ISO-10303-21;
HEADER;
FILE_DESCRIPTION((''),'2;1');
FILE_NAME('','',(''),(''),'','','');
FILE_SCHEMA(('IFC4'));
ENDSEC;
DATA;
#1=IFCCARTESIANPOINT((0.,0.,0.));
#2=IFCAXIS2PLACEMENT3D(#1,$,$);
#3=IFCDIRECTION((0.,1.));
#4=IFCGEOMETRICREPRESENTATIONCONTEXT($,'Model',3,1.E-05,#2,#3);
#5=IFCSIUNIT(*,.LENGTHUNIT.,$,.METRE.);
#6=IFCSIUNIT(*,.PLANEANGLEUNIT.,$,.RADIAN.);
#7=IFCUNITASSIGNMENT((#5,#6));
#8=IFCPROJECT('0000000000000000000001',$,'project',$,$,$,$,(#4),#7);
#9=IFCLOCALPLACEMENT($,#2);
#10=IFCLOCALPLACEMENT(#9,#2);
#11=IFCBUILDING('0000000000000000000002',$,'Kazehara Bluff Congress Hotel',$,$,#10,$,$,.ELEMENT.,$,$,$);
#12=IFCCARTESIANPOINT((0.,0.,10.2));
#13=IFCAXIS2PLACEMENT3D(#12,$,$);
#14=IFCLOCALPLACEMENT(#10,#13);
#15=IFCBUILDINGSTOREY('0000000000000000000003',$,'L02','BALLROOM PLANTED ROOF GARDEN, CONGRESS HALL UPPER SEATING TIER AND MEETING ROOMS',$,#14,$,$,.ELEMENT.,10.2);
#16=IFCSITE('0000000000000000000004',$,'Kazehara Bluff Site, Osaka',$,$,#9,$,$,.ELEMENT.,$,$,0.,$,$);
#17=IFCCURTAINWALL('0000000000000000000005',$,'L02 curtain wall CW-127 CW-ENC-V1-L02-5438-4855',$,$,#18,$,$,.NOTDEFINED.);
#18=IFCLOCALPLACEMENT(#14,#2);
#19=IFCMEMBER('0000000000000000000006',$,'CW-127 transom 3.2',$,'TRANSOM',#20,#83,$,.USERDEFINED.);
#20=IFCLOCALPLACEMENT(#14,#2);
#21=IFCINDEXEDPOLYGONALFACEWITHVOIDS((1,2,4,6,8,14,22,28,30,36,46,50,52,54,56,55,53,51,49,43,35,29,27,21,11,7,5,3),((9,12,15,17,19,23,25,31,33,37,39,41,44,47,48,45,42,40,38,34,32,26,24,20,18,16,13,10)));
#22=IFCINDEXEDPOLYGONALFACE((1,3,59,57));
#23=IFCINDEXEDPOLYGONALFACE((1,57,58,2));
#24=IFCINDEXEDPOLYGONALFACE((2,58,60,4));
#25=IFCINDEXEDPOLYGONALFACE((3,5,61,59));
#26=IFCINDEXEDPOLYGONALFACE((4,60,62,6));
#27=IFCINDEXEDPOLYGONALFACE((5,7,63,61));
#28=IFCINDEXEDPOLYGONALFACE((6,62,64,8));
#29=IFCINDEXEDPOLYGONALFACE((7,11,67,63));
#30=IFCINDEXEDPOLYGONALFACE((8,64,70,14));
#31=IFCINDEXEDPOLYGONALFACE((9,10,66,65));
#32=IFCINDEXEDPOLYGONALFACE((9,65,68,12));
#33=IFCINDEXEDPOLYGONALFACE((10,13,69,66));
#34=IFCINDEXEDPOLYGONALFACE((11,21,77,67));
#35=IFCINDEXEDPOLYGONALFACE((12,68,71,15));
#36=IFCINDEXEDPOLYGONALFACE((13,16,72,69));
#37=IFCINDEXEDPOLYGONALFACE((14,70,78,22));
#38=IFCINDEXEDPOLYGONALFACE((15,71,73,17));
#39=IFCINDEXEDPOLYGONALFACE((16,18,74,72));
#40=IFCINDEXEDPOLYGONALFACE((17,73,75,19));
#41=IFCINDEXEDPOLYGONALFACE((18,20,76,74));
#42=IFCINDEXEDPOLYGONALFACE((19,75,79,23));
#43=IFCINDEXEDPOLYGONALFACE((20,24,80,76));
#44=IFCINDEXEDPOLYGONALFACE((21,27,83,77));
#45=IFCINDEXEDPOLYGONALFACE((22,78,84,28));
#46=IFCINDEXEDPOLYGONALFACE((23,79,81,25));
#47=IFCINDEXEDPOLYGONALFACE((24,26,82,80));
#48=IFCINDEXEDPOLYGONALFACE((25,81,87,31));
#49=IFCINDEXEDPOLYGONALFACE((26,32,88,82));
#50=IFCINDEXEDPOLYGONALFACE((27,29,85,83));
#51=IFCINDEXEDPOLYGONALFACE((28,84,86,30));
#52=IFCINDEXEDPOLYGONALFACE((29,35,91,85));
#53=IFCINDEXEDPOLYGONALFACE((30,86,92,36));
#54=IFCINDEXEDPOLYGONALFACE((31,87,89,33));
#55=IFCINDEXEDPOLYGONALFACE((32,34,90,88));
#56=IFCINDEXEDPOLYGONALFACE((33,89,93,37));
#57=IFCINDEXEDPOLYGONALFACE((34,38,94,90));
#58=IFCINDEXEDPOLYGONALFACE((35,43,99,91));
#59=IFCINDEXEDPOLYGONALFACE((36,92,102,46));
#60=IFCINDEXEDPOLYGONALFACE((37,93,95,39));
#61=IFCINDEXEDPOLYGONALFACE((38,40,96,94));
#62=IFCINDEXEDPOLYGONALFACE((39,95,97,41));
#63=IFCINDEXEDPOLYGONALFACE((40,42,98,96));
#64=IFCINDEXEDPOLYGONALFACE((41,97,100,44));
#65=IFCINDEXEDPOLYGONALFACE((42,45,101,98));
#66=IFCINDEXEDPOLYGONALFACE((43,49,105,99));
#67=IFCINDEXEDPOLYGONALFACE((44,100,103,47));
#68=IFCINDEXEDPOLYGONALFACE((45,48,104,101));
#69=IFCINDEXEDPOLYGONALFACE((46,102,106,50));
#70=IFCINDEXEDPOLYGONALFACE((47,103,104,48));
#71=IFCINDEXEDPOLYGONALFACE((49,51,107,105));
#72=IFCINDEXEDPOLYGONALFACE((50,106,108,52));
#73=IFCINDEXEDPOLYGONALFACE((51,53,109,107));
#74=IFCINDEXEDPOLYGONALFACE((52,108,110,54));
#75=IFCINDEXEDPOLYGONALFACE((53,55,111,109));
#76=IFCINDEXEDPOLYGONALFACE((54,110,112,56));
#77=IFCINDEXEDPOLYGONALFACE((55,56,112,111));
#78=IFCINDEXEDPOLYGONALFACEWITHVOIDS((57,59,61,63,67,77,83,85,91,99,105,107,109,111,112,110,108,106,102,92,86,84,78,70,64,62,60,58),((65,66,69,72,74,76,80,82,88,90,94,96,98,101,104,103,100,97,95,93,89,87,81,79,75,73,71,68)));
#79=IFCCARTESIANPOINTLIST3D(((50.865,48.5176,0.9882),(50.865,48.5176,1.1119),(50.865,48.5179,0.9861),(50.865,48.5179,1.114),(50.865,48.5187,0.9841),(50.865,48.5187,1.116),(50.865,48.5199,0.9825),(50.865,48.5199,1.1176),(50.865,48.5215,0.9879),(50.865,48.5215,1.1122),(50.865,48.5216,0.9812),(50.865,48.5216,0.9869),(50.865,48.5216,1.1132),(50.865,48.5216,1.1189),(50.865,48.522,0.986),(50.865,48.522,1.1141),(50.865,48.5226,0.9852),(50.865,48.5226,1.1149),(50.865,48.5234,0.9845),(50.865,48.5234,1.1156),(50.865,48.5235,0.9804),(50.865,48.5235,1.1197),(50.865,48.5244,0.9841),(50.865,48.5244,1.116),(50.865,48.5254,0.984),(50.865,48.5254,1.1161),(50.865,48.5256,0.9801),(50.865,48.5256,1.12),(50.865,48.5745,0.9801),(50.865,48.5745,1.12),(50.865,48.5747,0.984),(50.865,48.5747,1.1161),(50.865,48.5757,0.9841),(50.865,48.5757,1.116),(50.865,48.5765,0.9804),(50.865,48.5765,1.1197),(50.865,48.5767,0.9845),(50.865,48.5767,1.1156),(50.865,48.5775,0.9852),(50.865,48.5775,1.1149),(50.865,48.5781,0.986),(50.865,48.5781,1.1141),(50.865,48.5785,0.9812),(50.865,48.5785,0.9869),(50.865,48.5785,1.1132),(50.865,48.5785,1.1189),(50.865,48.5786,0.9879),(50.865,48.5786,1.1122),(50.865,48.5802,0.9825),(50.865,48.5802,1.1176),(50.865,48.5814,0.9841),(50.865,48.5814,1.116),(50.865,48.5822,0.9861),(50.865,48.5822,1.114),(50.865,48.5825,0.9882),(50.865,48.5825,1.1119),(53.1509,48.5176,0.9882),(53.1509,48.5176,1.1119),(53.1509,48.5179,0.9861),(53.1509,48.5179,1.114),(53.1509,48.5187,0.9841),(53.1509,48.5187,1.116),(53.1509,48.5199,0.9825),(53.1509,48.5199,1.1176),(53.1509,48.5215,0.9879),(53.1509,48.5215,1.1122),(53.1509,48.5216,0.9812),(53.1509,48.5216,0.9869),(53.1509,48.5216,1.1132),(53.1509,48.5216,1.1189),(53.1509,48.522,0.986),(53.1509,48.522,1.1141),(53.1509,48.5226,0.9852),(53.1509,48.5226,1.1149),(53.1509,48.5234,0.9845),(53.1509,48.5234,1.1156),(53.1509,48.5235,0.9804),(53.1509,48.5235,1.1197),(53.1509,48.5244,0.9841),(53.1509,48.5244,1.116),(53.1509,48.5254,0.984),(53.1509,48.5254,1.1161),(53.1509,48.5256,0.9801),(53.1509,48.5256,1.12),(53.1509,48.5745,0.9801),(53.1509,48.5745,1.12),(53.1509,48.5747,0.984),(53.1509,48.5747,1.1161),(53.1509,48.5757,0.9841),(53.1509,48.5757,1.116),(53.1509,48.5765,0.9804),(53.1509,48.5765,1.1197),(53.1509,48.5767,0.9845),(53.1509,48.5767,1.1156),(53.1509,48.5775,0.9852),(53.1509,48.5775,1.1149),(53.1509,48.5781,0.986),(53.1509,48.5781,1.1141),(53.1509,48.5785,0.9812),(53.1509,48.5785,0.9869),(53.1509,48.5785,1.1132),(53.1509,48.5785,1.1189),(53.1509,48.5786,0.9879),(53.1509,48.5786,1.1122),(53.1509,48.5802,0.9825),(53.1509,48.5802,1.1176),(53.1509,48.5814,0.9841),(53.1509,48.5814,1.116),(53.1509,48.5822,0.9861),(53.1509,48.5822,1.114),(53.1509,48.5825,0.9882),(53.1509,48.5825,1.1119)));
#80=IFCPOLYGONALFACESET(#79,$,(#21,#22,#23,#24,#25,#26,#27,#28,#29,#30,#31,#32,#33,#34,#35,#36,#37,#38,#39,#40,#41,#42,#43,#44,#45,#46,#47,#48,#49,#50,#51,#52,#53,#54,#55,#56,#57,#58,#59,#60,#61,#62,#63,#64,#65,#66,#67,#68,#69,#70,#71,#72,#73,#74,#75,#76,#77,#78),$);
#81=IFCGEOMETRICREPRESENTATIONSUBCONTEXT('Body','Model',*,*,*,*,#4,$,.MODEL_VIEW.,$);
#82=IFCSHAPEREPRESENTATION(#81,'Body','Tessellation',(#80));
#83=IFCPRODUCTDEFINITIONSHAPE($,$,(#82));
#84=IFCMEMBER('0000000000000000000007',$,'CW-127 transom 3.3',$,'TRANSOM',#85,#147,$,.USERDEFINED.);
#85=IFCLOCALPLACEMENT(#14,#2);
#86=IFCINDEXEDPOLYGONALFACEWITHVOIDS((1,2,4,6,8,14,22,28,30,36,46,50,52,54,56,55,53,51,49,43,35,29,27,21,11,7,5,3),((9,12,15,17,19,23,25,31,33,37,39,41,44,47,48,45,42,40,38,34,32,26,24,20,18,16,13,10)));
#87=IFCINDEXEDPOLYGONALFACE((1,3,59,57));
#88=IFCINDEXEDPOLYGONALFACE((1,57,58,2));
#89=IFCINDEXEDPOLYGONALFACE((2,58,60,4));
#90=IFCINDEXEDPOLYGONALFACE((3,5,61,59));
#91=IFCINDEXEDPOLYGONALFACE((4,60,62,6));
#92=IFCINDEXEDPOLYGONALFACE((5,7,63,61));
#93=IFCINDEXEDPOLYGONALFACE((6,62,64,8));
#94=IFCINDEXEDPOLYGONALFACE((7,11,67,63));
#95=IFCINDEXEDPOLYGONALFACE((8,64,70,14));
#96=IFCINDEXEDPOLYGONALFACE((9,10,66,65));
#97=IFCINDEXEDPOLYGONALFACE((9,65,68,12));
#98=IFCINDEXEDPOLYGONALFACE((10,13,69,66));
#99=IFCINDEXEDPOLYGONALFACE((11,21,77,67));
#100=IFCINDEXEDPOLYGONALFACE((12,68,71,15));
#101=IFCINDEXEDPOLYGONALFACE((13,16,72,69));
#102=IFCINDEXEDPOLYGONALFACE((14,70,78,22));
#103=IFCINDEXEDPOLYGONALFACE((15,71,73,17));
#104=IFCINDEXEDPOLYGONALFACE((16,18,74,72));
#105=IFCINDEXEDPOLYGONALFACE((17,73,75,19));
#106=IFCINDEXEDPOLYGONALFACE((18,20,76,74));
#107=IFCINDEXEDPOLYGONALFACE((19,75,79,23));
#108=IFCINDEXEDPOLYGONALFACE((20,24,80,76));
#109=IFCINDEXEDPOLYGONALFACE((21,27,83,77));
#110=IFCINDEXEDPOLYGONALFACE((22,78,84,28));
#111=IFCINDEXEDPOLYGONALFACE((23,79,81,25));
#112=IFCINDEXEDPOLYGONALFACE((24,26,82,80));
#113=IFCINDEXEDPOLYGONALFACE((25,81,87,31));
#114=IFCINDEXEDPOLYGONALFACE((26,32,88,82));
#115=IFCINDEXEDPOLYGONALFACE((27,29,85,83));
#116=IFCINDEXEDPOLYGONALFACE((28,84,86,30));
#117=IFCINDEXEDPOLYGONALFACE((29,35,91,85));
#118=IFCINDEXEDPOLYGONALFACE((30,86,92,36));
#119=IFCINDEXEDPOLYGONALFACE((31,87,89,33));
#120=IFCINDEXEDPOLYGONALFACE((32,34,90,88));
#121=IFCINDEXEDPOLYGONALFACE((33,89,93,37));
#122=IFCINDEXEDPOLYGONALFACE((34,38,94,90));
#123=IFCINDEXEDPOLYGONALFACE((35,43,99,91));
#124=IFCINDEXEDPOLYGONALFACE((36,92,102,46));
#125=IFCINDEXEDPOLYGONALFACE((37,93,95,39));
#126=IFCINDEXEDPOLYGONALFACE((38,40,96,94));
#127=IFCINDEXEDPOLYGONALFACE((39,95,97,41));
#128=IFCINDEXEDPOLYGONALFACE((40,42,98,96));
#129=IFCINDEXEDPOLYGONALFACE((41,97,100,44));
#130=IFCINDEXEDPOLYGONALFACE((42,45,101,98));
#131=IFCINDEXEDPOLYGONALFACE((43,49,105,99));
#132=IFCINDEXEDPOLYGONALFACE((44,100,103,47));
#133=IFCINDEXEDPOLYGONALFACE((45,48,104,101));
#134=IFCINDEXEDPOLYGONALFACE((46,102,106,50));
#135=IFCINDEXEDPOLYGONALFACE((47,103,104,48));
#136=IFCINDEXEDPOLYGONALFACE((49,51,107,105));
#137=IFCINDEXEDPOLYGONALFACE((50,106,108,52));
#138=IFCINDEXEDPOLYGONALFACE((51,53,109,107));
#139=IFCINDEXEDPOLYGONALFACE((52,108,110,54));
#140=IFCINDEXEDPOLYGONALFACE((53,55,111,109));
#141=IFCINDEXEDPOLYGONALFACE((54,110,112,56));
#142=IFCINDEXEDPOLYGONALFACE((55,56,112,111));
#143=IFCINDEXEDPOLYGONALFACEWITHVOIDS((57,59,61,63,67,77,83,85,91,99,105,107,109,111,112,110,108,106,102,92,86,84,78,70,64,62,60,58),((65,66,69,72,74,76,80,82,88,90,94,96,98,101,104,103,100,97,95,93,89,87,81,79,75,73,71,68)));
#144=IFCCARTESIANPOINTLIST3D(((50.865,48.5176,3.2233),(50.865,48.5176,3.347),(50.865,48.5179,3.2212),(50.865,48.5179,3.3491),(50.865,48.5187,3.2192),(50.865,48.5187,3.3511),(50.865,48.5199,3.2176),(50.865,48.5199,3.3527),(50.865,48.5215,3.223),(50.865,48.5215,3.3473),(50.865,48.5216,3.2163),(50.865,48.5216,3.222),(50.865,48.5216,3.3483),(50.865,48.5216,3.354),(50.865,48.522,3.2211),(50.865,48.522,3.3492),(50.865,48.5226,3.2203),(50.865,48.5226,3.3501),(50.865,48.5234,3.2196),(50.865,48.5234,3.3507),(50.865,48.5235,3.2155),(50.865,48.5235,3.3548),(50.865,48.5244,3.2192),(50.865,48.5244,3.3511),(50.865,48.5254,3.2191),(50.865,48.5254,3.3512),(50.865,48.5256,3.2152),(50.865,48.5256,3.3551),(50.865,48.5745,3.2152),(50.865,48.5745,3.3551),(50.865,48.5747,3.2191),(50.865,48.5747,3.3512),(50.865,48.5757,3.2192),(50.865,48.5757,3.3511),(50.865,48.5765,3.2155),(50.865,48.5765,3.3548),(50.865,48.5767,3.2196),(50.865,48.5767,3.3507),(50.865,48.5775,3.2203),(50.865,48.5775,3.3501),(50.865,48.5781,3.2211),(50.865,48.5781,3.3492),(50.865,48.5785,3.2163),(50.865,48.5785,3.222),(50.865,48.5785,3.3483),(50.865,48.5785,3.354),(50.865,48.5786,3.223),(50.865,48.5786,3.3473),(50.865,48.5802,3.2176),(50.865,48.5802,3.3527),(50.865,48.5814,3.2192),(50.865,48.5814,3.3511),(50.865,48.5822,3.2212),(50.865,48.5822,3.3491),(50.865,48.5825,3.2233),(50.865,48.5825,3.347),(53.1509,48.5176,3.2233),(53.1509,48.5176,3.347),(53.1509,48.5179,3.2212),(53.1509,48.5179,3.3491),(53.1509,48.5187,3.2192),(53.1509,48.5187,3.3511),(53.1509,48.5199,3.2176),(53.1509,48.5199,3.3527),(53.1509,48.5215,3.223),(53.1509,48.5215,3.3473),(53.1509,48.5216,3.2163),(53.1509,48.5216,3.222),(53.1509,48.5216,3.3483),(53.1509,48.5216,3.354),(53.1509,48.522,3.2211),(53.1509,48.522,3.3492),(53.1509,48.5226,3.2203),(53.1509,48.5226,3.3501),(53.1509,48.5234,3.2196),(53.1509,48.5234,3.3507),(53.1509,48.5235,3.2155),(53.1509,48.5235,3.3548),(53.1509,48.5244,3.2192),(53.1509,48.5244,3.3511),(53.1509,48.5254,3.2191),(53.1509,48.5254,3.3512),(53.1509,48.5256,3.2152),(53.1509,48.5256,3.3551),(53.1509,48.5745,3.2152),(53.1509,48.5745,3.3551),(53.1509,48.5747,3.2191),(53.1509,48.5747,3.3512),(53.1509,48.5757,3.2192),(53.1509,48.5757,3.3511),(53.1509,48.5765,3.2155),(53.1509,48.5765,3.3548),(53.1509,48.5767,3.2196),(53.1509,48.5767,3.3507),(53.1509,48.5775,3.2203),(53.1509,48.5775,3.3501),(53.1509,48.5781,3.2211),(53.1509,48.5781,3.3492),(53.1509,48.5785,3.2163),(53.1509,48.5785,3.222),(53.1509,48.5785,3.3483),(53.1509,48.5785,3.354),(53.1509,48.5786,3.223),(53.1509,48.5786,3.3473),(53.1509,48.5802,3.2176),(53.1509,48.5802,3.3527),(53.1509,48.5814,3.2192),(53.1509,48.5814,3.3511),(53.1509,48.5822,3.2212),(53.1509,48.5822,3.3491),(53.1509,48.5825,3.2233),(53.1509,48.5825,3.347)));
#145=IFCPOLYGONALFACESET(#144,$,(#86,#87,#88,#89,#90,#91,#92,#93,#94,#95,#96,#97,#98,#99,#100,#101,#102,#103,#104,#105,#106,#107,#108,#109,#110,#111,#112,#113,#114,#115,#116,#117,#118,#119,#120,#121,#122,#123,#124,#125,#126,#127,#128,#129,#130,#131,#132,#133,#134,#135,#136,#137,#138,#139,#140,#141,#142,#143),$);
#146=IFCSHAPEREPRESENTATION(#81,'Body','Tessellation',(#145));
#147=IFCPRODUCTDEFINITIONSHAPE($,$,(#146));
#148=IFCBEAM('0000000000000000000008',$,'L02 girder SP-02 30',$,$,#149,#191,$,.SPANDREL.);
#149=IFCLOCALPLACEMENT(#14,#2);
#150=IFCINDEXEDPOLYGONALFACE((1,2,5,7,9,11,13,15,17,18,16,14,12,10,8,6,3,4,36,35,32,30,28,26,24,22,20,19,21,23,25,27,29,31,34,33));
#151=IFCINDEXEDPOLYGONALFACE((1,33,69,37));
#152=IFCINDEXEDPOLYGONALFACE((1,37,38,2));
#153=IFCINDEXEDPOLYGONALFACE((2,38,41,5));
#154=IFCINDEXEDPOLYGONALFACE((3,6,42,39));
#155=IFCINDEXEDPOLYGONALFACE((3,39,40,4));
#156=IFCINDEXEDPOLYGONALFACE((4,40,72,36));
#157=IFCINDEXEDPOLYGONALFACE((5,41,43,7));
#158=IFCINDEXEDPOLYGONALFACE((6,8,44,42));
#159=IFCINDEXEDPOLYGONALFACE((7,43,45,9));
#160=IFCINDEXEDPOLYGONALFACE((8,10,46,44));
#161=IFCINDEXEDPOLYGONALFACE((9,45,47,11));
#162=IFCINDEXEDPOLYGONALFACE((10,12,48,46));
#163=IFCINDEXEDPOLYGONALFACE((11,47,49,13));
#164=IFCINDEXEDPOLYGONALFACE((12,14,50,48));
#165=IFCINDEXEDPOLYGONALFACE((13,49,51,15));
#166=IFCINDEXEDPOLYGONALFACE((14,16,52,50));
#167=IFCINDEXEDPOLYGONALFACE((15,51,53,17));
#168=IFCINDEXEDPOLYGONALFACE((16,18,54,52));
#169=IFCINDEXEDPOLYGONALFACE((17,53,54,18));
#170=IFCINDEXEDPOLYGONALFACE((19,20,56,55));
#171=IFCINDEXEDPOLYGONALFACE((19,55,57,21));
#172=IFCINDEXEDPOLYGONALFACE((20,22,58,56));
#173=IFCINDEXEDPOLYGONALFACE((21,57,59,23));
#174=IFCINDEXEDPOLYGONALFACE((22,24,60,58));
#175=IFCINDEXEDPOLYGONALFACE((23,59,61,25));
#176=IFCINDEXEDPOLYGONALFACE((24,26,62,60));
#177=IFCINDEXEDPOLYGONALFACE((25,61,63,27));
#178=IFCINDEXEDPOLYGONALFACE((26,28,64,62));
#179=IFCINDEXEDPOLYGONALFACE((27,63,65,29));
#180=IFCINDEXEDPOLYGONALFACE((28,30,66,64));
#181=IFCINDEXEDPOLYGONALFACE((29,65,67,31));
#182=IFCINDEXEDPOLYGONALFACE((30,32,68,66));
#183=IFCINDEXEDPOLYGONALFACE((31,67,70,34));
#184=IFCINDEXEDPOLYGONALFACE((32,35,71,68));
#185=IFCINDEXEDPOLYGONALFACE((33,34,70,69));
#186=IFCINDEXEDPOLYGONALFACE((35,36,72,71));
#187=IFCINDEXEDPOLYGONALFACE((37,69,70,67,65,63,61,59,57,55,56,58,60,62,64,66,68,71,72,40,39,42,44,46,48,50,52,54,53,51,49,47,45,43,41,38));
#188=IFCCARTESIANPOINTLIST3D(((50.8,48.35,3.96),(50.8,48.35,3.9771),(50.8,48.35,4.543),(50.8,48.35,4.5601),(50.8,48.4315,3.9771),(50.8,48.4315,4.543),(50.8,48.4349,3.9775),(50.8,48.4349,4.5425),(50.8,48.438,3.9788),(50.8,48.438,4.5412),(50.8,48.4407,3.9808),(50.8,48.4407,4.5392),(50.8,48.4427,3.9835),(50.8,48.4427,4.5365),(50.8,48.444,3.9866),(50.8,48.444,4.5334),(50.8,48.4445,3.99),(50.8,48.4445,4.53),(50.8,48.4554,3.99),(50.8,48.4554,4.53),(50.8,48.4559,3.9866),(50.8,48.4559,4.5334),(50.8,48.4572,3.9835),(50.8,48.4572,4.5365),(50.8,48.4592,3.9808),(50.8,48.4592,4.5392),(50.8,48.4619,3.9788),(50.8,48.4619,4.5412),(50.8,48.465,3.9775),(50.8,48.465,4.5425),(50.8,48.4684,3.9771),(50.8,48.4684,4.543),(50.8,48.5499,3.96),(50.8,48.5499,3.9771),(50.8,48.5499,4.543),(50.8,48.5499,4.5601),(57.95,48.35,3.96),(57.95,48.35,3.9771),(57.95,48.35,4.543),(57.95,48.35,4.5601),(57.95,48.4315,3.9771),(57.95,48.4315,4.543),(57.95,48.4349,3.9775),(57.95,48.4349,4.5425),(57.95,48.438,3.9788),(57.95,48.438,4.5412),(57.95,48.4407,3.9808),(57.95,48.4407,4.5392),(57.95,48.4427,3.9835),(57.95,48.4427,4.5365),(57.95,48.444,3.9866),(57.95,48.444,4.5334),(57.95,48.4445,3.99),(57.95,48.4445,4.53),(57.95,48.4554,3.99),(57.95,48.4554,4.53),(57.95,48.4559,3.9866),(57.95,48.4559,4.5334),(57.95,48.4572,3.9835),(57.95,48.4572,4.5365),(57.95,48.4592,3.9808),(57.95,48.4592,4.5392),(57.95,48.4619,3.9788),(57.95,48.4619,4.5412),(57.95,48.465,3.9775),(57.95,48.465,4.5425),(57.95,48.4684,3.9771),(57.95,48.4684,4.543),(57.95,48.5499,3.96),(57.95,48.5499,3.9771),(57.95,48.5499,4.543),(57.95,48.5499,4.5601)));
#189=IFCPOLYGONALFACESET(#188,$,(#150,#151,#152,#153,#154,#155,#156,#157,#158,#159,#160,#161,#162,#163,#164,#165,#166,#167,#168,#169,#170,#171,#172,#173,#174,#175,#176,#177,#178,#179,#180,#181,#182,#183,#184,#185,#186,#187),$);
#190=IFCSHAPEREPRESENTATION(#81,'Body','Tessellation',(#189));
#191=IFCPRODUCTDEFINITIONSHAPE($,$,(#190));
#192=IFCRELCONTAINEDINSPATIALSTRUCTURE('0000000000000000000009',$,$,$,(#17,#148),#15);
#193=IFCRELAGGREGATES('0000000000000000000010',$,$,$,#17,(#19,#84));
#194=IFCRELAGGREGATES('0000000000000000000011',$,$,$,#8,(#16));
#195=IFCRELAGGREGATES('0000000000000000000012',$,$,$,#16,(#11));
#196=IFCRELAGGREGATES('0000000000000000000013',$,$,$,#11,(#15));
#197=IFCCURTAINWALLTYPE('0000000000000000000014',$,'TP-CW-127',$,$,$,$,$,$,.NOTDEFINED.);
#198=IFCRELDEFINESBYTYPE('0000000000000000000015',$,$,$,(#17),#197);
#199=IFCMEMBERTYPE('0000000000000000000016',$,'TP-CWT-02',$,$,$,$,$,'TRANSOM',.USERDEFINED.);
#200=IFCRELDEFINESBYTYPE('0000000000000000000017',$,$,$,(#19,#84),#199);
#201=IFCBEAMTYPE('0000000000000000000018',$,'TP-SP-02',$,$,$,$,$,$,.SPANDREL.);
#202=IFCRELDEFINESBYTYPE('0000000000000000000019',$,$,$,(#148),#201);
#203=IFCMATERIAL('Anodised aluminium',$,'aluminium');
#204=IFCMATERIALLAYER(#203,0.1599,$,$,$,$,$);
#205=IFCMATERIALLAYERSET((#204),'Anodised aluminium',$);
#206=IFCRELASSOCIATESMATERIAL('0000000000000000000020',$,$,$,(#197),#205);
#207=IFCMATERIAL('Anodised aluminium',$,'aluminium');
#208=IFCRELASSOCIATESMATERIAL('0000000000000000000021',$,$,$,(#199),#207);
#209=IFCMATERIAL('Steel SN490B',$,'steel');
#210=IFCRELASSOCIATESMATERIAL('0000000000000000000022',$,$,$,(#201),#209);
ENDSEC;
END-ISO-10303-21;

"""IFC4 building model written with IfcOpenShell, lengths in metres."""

from ifc_helpers import new_model, si_unit, direction, frame, origin, origin_2d, place, context, subcontext, project, spatial, hollow_rectangle, i_section, extrude, material, layer, layer_set, material_profile, profile_set, type_object, element, aggregate, save


model = new_model("IFC4")

# Units and contexts
model_context = context("Model", 3, precision=1e-05, world=origin(), true_north=direction((0.0, 1.0)))
body_context = subcontext(model_context, "Body", "Model", "MODEL_VIEW")
ifc_project = project(units=[si_unit("LENGTHUNIT", "METRE"), si_unit("PLANEANGLEUNIT", "RADIAN")], contexts=[model_context])

# Site, building, storey
site_placement = place(None, origin())
site = spatial("IfcSite", under=ifc_project, at=site_placement, Name="Kazehara Bluff Site, Osaka", CompositionType="ELEMENT", RefElevation=0.0)
building_placement = place(site_placement, origin())
building = spatial("IfcBuilding", under=site, at=building_placement, Name="Kazehara Bluff Congress Hotel", CompositionType="ELEMENT")
storey_placement = place(building_placement, frame((0.0, 0.0, 10.2)))
storey = spatial("IfcBuildingStorey", under=building, at=storey_placement, Name="L02", Description="BALLROOM PLANTED ROOF GARDEN, CONGRESS HALL UPPER SEATING TIER AND MEETING ROOMS", CompositionType="ELEMENT", Elevation=10.2)

# Curtain wall
ifc_material_1 = material(Name="Anodised aluminium", Category="aluminium")
ifc_layer_1 = layer(ifc_material_1, 0.1599)
ifc_layer_set_1 = layer_set([ifc_layer_1], Name="Anodised aluminium")
curtain_wall_type_1 = type_object("IfcCurtainWallType", Name="TP-CW-127", PredefinedType="NOTDEFINED", material=ifc_layer_set_1)
curtain_wall_1_placement = place(storey_placement, origin())
curtain_wall_1 = element("IfcCurtainWall", 1, at=curtain_wall_1_placement, inside=storey, type_object=curtain_wall_type_1, Name="L02 curtain wall CW-127 CW-ENC-V1-L02-5438-4855", PredefinedType="NOTDEFINED")

# Members
ifc_material_2 = material(Name="Anodised aluminium", Category="aluminium")
ifc_material_profile_1 = material_profile(ifc_material_2, hollow_rectangle(XDim=0.0649, YDim=0.1399, WallThickness=0.0039, InnerFilletRadius=0.0039, OuterFilletRadius=0.0081, at=origin_2d()))
ifc_profile_set_1 = profile_set([ifc_material_profile_1], Name="Anodised aluminium")
member_type_1 = type_object("IfcMemberType", Name="TP-CWT-02", ElementType="TRANSOM", PredefinedType="USERDEFINED", material=ifc_profile_set_1)
member_1_placement = place(storey_placement, frame((53.1509, 48.55, 1.05), z_axis=(-1.0, 0.0, 0.0), x_axis=(0.0, -1.0, 0.0)))
member_1 = element("IfcMember", 2, at=member_1_placement, type_object=member_type_1, Name="CW-127 transom 3.2", ObjectType="TRANSOM", PredefinedType="USERDEFINED", context=body_context, shape_type="SweptSolid", body=[
    extrude(hollow_rectangle(XDim=0.0649, YDim=0.1399, WallThickness=0.0039, InnerFilletRadius=0.0039, OuterFilletRadius=0.0081, at=origin_2d()), origin(), (0.0, 0.0, 1.0), 2.2859),
])
member_2_placement = place(storey_placement, frame((53.1509, 48.55, 3.2852), z_axis=(-1.0, 0.0, 0.0), x_axis=(0.0, -1.0, 0.0)))
member_2 = element("IfcMember", 3, at=member_2_placement, type_object=member_type_1, Name="CW-127 transom 3.3", ObjectType="TRANSOM", PredefinedType="USERDEFINED", context=body_context, shape_type="SweptSolid", body=[
    extrude(hollow_rectangle(XDim=0.0649, YDim=0.1399, WallThickness=0.0039, InnerFilletRadius=0.0039, OuterFilletRadius=0.0081, at=origin_2d()), origin(), (0.0, 0.0, 1.0), 2.2859),
])

# Beam
ifc_material_3 = material(Name="Steel SN490B", Category="steel")
ifc_material_profile_2 = material_profile(ifc_material_3, i_section(OverallWidth=0.2, OverallDepth=0.6001, WebThickness=0.011, FlangeThickness=0.0171, FilletRadius=0.0129, at=origin_2d()))
ifc_profile_set_2 = profile_set([ifc_material_profile_2], Name="Steel SN490B")
beam_type = type_object("IfcBeamType", Name="TP-SP-02", PredefinedType="SPANDREL", material=ifc_profile_set_2)
beam_placement = place(storey_placement, frame((50.8, 48.45, 4.26), z_axis=(1.0, 0.0, 0.0), x_axis=(0.0, 1.0, 0.0)))
element("IfcBeam", 4, at=beam_placement, inside=storey, type_object=beam_type, Name="L02 girder SP-02 30", PredefinedType="SPANDREL", context=body_context, shape_type="SweptSolid", body=[
    extrude(i_section(OverallWidth=0.2, OverallDepth=0.6001, WebThickness=0.011, FlangeThickness=0.0171, FilletRadius=0.0129, at=origin_2d()), origin(), (0.0, 0.0, 1.0), 7.1499),
])

aggregate(curtain_wall_1, [member_1, member_2])

save(model, "model.ifc")
